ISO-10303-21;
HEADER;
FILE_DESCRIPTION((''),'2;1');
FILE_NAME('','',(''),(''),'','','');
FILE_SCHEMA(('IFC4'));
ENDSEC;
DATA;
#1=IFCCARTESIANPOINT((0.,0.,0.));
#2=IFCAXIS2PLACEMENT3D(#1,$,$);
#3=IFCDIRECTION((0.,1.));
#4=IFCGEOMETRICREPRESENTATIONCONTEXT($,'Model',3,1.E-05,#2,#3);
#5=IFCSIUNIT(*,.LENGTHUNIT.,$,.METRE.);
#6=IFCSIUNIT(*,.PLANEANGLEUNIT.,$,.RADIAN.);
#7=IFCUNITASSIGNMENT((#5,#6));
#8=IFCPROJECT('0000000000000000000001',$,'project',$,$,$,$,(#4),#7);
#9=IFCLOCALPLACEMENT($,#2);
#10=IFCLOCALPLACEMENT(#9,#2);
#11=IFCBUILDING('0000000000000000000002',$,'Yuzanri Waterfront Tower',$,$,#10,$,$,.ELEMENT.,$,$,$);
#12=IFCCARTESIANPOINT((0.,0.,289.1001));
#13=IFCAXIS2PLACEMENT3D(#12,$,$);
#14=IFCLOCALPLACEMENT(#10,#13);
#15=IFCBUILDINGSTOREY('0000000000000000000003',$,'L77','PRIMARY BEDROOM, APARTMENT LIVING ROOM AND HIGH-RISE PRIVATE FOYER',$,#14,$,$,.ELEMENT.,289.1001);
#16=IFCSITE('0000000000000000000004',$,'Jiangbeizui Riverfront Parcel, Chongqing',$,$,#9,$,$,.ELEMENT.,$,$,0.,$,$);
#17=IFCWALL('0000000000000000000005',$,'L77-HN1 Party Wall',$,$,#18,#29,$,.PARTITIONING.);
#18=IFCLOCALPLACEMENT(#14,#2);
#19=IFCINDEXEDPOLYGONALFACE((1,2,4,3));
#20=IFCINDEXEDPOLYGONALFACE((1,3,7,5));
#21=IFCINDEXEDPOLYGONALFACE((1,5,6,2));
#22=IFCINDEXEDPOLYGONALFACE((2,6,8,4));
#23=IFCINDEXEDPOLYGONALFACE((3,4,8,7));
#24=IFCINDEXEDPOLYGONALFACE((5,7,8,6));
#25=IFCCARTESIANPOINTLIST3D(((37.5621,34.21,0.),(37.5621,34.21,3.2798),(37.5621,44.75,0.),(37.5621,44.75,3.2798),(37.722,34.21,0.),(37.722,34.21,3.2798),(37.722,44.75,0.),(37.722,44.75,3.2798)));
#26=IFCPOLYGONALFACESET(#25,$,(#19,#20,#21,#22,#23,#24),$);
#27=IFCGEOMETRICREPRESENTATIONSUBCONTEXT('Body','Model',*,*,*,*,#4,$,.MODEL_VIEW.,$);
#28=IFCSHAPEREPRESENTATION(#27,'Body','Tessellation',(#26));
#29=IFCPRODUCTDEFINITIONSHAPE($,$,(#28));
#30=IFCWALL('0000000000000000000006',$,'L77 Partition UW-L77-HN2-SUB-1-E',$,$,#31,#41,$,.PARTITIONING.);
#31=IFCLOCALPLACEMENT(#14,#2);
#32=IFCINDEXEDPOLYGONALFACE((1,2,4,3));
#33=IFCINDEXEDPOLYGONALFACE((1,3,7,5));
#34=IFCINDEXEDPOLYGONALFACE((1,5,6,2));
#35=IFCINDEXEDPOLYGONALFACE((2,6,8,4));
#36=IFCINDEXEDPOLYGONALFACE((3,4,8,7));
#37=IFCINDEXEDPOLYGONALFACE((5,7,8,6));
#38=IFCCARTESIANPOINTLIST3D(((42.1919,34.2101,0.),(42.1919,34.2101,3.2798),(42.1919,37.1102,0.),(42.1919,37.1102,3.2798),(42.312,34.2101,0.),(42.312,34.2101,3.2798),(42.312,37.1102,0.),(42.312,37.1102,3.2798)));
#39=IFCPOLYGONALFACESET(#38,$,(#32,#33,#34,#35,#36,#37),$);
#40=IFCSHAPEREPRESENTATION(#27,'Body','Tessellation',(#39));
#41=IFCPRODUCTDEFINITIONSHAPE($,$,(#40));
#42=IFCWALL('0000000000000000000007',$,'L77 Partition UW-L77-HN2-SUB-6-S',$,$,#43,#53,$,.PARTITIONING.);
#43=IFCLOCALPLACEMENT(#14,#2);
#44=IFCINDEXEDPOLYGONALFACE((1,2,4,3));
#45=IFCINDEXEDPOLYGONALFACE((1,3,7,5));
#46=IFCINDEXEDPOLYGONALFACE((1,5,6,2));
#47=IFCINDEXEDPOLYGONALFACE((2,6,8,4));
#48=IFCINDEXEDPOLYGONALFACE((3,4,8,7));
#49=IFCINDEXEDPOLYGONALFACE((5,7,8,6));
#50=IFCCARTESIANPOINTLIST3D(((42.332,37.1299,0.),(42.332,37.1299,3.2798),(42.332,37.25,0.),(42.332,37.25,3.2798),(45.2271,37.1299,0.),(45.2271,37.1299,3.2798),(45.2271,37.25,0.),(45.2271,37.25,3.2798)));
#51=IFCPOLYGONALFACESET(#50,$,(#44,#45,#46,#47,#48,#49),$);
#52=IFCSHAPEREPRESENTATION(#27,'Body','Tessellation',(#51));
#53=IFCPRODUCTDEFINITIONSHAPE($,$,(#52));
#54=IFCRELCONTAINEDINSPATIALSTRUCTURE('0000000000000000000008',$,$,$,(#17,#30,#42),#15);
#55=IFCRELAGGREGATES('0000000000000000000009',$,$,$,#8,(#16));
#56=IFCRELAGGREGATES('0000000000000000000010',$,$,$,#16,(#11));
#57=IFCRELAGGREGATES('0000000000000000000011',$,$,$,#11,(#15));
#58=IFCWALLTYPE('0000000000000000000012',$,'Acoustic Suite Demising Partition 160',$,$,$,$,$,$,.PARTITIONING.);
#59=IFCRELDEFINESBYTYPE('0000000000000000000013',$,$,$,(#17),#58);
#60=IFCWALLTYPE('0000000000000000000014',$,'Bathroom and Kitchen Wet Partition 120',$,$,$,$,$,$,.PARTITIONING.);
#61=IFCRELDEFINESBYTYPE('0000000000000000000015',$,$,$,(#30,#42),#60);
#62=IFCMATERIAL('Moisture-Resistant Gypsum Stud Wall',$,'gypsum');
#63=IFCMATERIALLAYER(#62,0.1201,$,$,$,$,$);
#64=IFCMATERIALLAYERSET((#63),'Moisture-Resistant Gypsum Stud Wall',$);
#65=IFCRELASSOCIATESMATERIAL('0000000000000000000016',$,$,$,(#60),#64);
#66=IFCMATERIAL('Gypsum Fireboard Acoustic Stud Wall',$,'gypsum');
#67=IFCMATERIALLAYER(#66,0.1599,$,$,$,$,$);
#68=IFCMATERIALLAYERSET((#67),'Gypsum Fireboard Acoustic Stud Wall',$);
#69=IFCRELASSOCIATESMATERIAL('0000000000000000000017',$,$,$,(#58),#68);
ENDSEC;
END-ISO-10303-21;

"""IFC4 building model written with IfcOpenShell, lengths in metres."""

from ifc_helpers import new_model, si_unit, direction, frame, frame_2d, origin, place, context, subcontext, project, spatial, rectangle, extrude, source, transform, mapped, material, layer, layer_set, type_object, element, save


model = new_model("IFC4")

# Units and contexts
model_context = context("Model", 3, precision=1e-05, world=origin(), true_north=direction((0.0, 1.0)))
body_context = subcontext(model_context, "Body", "Model", "MODEL_VIEW")
ifc_project = project(units=[si_unit("LENGTHUNIT", "METRE"), si_unit("PLANEANGLEUNIT", "RADIAN")], contexts=[model_context])

# Site, building, storey
site_placement = place(None, origin())
site = spatial("IfcSite", under=ifc_project, at=site_placement, Name="Jiangbeizui Riverfront Parcel, Chongqing", CompositionType="ELEMENT", RefElevation=0.0)
building_placement = place(site_placement, origin())
building = spatial("IfcBuilding", under=site, at=building_placement, Name="Yuzanri Waterfront Tower", CompositionType="ELEMENT")
storey_placement = place(building_placement, frame((0.0, 0.0, 289.1001)))
storey = spatial("IfcBuildingStorey", under=building, at=storey_placement, Name="L77", Description="PRIMARY BEDROOM, APARTMENT LIVING ROOM AND HIGH-RISE PRIVATE FOYER", CompositionType="ELEMENT", Elevation=289.1001)

# Shared definitions
ifc_material_1 = material(Name="Moisture-Resistant Gypsum Stud Wall", Category="gypsum")
ifc_layer_1 = layer(ifc_material_1, 0.1201)
ifc_layer_set_1 = layer_set([ifc_layer_1], Name="Moisture-Resistant Gypsum Stud Wall")
wall_type_1 = type_object("IfcWallType", Name="Bathroom and Kitchen Wet Partition 120", PredefinedType="PARTITIONING", material=ifc_layer_set_1)

# Walls
ifc_material_2 = material(Name="Gypsum Fireboard Acoustic Stud Wall", Category="gypsum")
ifc_layer_2 = layer(ifc_material_2, 0.1599)
ifc_layer_set_2 = layer_set([ifc_layer_2], Name="Gypsum Fireboard Acoustic Stud Wall")
wall_type_2 = type_object("IfcWallType", Name="Acoustic Suite Demising Partition 160", PredefinedType="PARTITIONING", material=ifc_layer_set_2)
shared_shape_1 = source(origin(), body_context, "Body", "SweptSolid", [
    extrude(rectangle(XDim=10.54, YDim=0.1599, at=frame_2d((5.27, 0.0))), origin(), (0.0, 0.0, 1.0), 3.2798),
])
wall_1_placement = place(storey_placement, frame((37.6421, 34.21, 0.0), z_axis=(0.0, 0.0, 1.0), x_axis=(0.0, 1.0, 0.0)))
element("IfcWall", 1, at=wall_1_placement, inside=storey, type_object=wall_type_2, Name="L77-HN1 Party Wall", PredefinedType="PARTITIONING", context=body_context, shape_type="MappedRepresentation", body=[
    mapped(shared_shape_1, transform((0.0, 0.0, 0.0), scale=1.0)),
])
shared_shape_2 = source(origin(), body_context, "Body", "SweptSolid", [
    extrude(rectangle(XDim=2.9001, YDim=0.1201, at=frame_2d((1.4502, 0.0))), origin(), (0.0, 0.0, 1.0), 3.2798),
])
wall_2_placement = place(storey_placement, frame((42.252, 34.21, 0.0), z_axis=(0.0, 0.0, 1.0), x_axis=(0.0, 1.0, 0.0)))
element("IfcWall", 2, at=wall_2_placement, inside=storey, type_object=wall_type_1, Name="L77 Partition UW-L77-HN2-SUB-1-E", PredefinedType="PARTITIONING", context=body_context, shape_type="MappedRepresentation", body=[
    mapped(shared_shape_2, transform((0.0, 0.0, 0.0), scale=1.0)),
])
shared_shape_3 = source(origin(), body_context, "Body", "SweptSolid", [
    extrude(rectangle(XDim=2.895, YDim=0.1201, at=frame_2d((1.4475, 0.0))), origin(), (0.0, 0.0, 1.0), 3.2798),
])
wall_3_placement = place(storey_placement, frame((42.332, 37.1899, 0.0), z_axis=(0.0, 0.0, 1.0), x_axis=(1.0, 0.0, 0.0)))
element("IfcWall", 3, at=wall_3_placement, inside=storey, type_object=wall_type_1, Name="L77 Partition UW-L77-HN2-SUB-6-S", PredefinedType="PARTITIONING", context=body_context, shape_type="MappedRepresentation", body=[
    mapped(shared_shape_3, transform((0.0, 0.0, 0.0), scale=1.0)),
])

save(model, "model.ifc")
